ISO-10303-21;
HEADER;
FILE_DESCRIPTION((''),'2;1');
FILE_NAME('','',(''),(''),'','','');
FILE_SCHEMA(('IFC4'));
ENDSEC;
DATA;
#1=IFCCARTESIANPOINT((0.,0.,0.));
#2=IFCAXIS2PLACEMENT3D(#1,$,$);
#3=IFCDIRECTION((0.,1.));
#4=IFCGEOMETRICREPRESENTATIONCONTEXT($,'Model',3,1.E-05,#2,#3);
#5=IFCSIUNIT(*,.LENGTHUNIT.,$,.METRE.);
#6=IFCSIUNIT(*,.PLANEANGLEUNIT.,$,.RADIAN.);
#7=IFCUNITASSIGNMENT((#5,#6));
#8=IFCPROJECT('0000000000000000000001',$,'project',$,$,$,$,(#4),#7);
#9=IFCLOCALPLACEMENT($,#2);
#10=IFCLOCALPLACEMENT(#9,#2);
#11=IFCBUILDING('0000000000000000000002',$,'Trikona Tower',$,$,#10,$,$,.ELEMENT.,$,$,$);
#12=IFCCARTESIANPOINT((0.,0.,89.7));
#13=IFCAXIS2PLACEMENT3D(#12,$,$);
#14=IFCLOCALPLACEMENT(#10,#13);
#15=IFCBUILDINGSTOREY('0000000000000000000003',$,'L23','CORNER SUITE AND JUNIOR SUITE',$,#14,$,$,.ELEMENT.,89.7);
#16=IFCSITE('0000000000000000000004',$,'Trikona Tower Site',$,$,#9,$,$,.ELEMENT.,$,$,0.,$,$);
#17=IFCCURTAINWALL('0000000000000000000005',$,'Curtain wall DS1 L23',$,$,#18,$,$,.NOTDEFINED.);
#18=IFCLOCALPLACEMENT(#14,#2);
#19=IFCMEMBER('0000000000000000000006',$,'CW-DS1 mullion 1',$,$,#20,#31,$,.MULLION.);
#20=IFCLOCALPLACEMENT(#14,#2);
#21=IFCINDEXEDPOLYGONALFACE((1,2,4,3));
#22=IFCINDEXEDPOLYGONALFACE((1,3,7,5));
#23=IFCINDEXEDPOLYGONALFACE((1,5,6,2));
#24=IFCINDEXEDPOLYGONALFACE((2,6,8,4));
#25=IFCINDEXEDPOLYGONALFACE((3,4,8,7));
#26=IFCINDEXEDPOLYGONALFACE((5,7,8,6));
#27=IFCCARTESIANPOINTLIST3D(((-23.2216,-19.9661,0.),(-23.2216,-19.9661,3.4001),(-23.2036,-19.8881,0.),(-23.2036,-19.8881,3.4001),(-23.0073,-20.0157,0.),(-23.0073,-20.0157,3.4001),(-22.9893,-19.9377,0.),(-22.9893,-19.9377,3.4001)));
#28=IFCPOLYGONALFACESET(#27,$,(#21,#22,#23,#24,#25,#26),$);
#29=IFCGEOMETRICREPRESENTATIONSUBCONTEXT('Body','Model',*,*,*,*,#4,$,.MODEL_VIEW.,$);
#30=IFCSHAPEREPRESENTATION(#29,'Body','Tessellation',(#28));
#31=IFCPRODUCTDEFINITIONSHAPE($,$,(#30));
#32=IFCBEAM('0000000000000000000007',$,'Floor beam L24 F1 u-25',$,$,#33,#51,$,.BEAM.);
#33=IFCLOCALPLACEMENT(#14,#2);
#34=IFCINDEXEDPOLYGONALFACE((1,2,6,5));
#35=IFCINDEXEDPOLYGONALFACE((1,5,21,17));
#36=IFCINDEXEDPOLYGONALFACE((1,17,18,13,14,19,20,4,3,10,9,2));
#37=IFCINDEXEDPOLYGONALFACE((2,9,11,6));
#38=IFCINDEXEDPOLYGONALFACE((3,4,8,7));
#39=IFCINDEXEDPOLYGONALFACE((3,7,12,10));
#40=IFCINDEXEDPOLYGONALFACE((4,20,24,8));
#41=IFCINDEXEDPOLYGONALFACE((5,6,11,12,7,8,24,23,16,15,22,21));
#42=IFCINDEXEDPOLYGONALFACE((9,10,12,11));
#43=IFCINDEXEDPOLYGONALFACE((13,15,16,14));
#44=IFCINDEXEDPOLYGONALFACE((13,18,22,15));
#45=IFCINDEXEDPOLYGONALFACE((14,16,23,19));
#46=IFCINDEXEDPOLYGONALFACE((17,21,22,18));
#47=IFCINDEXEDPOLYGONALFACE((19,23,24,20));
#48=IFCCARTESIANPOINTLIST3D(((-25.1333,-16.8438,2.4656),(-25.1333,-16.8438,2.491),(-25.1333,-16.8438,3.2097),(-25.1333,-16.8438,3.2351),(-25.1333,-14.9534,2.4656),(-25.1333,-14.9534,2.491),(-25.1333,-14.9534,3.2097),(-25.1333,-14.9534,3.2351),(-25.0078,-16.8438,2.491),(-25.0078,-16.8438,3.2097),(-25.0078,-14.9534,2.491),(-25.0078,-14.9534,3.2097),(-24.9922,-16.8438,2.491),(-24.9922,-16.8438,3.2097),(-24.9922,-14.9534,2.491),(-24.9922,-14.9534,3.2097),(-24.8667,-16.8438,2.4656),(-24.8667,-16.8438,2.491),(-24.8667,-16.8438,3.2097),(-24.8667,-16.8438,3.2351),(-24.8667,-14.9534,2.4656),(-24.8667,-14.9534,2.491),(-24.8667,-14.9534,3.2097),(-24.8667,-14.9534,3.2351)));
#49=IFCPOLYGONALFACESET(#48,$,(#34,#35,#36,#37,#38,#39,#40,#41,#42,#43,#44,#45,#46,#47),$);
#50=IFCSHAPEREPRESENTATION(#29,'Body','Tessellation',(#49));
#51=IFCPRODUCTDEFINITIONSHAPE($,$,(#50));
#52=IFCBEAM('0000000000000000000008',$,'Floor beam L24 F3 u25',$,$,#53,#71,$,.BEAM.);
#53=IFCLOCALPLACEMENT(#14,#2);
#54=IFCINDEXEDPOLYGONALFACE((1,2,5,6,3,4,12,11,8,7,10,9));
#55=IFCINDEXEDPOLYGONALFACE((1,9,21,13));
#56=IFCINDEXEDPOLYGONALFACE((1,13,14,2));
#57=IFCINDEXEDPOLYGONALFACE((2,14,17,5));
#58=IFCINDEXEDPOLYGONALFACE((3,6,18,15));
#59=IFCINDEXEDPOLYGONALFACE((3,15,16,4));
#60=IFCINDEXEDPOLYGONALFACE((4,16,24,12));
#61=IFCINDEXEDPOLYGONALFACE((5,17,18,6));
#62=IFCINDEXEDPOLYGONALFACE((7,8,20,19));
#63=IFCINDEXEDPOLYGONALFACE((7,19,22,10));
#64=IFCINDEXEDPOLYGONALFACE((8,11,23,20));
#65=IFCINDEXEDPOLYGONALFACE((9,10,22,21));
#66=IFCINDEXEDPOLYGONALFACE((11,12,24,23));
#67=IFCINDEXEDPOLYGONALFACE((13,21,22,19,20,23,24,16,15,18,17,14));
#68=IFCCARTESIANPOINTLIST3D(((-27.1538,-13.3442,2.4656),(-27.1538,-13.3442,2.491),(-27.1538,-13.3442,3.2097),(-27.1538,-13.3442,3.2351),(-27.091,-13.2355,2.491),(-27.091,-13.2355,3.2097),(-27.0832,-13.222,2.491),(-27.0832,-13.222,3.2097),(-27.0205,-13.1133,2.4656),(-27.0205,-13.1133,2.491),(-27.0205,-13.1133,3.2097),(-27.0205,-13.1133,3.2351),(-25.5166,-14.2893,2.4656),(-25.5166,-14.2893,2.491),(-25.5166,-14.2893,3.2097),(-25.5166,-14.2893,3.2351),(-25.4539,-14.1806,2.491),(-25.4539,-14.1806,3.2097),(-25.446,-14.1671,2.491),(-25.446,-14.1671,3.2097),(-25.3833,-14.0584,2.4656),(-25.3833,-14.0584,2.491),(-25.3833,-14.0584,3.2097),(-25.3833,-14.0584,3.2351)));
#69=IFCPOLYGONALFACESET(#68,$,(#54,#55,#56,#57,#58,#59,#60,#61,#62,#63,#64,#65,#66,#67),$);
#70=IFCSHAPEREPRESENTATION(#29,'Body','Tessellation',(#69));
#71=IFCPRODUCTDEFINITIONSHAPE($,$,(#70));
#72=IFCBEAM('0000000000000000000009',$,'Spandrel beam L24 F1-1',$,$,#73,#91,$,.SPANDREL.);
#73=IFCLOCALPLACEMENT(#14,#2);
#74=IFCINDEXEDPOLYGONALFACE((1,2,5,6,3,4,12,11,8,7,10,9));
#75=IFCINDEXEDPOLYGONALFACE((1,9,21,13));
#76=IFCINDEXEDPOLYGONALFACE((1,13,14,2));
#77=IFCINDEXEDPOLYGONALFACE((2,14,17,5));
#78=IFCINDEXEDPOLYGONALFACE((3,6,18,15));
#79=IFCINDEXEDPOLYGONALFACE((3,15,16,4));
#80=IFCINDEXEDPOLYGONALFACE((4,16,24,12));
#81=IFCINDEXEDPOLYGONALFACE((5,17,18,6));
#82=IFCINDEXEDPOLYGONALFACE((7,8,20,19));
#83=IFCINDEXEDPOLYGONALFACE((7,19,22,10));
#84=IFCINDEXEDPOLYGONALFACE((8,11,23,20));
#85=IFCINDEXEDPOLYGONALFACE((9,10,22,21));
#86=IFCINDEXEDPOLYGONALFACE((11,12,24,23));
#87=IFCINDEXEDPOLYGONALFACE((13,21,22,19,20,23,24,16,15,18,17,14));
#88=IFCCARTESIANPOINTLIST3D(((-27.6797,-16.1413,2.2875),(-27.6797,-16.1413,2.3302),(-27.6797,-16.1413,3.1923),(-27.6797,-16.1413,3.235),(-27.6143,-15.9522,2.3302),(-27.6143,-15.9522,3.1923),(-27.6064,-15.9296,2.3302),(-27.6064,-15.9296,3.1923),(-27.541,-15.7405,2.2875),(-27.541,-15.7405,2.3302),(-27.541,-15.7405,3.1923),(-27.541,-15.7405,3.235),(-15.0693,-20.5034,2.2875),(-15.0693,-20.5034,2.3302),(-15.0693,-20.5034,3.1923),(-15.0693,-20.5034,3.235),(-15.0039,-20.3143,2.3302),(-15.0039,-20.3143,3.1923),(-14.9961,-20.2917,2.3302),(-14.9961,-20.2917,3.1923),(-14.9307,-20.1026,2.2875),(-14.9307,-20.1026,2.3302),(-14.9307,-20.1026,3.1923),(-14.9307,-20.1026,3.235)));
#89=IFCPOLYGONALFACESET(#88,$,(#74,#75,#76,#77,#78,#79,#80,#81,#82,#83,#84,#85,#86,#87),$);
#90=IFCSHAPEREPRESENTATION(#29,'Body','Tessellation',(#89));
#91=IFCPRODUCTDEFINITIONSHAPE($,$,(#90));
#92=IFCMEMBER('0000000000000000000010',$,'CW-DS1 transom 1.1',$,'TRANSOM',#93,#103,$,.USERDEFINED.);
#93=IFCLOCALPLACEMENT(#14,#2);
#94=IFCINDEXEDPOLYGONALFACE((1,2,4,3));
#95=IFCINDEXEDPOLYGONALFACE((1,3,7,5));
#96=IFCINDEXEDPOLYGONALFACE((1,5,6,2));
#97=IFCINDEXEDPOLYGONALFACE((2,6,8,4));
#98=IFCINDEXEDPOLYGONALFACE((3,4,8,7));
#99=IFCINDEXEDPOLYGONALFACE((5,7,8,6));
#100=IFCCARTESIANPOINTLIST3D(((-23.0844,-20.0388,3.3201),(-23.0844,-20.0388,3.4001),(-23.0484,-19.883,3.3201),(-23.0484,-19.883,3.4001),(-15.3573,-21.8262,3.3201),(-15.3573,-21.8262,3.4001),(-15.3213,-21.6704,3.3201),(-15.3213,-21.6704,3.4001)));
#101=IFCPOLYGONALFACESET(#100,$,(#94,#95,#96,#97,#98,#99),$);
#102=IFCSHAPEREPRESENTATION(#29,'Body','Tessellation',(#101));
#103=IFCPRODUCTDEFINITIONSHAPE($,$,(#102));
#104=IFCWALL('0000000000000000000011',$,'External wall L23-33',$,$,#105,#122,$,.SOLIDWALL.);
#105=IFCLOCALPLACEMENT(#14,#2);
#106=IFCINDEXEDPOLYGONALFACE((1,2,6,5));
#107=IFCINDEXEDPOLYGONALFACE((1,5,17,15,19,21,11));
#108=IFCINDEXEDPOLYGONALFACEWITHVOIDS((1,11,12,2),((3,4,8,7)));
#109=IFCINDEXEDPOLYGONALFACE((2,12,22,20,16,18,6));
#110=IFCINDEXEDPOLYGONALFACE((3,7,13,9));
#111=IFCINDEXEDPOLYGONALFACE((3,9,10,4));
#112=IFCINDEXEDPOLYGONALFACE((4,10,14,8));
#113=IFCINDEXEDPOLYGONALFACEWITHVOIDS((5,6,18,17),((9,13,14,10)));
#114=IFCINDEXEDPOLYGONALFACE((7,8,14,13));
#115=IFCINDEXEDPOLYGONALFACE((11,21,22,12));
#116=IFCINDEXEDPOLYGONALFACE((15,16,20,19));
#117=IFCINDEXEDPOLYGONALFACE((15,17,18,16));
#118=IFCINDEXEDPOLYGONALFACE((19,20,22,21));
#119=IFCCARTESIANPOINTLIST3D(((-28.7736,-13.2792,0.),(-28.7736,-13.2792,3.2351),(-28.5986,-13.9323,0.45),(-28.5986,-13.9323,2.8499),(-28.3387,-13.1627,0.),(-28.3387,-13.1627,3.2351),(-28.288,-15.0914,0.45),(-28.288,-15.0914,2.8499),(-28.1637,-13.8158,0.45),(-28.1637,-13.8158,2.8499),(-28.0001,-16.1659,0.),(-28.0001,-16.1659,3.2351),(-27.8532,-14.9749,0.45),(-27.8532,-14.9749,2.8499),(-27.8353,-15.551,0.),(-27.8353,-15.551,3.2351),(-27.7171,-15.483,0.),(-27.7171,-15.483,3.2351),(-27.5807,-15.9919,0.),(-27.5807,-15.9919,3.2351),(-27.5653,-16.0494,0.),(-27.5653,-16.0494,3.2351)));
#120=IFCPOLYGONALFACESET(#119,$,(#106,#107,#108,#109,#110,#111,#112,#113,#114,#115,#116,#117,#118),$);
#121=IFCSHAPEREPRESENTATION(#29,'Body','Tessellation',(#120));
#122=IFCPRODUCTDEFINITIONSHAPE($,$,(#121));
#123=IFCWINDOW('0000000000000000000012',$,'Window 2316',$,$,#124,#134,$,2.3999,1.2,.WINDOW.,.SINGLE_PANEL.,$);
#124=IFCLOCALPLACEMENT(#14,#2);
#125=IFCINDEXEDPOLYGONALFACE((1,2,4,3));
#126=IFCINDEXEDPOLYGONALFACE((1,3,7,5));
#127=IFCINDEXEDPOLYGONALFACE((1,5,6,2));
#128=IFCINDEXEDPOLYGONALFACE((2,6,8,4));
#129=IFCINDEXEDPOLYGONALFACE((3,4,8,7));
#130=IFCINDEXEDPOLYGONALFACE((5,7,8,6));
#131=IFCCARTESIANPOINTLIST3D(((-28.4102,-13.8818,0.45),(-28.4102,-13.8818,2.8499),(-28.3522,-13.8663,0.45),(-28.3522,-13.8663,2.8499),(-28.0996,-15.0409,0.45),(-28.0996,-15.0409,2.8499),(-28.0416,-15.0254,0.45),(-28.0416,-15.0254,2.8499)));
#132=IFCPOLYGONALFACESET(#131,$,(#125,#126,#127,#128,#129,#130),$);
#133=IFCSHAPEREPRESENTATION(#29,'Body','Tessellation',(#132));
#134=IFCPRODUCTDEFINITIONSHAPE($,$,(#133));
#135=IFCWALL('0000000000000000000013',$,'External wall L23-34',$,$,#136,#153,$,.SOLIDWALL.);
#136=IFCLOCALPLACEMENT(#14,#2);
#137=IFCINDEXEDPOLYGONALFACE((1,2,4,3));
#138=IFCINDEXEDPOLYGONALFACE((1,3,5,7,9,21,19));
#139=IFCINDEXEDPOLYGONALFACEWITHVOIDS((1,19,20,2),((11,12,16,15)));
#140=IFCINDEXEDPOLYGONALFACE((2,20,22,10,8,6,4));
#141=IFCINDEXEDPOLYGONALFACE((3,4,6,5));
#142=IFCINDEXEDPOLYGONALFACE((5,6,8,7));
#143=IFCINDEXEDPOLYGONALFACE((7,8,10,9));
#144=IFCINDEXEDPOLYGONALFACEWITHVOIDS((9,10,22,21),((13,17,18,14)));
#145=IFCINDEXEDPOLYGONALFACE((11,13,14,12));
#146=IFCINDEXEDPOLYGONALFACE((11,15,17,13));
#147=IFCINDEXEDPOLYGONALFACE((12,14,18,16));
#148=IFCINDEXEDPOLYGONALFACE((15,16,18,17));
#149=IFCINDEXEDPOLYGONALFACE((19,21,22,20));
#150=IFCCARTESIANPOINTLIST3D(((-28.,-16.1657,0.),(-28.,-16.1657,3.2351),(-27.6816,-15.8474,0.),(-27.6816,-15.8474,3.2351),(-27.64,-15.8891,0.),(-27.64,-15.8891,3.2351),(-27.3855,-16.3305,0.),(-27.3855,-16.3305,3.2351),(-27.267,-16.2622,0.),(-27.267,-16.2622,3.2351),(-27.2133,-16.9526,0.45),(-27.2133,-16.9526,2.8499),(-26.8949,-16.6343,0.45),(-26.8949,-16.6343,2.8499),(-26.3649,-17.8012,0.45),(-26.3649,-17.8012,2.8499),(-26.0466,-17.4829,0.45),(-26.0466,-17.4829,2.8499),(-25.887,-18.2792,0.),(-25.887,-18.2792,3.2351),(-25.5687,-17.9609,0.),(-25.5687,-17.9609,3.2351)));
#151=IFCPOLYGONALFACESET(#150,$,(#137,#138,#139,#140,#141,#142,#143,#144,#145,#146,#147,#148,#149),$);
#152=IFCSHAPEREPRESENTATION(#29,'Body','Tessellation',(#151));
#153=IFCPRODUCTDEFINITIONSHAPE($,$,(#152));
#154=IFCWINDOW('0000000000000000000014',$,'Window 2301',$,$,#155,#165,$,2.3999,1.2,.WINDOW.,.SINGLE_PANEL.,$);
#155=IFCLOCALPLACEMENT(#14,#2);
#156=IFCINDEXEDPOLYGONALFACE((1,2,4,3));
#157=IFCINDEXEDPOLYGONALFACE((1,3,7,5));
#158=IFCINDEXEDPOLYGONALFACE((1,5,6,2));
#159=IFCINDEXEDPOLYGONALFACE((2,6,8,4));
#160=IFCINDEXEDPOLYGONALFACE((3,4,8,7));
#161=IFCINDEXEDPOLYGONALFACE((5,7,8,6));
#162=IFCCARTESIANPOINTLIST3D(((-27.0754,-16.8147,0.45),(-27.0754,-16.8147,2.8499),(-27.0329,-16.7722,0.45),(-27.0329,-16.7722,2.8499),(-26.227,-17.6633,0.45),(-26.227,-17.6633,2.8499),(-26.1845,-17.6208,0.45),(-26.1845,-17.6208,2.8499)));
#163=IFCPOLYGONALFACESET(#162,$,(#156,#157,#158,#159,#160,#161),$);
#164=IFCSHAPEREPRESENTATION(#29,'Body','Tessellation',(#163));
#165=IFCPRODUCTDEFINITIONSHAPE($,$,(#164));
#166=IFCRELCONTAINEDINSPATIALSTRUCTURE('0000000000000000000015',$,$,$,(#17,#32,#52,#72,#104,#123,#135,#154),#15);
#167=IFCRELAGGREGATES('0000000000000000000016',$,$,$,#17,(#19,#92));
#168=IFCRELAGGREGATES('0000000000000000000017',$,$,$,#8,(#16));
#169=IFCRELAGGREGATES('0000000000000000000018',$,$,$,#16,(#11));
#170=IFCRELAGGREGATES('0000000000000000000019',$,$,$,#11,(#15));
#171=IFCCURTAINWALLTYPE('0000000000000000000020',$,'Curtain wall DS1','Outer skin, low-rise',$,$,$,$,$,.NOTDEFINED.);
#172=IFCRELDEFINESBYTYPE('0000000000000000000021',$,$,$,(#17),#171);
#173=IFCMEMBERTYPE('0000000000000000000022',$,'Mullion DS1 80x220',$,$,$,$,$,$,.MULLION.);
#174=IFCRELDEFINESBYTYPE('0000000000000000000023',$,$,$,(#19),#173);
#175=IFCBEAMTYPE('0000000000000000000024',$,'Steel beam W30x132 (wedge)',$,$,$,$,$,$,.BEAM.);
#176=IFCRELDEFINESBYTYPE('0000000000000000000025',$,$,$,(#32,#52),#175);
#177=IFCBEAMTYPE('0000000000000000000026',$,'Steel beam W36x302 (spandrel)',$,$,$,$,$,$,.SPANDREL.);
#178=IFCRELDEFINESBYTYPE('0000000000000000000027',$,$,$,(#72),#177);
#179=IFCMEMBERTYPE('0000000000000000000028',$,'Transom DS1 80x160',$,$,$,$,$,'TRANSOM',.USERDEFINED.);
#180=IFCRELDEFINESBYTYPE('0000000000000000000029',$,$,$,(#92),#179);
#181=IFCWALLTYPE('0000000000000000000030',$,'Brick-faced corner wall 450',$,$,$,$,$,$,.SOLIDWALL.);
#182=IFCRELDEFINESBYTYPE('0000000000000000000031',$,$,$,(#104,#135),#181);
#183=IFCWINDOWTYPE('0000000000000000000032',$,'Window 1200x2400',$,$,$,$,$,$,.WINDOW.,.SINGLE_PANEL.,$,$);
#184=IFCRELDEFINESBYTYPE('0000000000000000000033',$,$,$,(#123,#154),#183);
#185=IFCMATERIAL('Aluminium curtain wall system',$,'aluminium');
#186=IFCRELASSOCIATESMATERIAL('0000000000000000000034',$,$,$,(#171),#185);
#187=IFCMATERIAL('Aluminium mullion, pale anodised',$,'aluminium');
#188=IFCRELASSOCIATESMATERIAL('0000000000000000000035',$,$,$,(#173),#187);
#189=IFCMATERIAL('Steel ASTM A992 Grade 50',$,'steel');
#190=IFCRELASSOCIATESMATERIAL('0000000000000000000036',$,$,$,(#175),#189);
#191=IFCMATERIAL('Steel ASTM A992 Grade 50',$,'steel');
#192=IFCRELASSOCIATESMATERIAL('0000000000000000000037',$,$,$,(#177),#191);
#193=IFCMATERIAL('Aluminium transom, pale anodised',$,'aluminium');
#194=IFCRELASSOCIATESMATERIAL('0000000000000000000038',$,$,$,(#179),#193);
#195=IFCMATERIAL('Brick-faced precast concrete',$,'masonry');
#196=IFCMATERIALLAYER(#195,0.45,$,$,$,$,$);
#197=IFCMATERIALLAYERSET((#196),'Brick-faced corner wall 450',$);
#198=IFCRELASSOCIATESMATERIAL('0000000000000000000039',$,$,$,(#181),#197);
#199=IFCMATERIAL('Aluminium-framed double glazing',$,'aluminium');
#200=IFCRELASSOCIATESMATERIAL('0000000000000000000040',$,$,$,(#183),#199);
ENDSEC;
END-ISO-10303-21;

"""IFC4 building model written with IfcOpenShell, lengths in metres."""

from ifc_helpers import new_model, si_unit, direction, frame, frame_2d, origin, origin_2d, place, context, subcontext, project, spatial, polyline, rectangle, i_section, outline, extrude, material, layer, layer_set, material_profile, profile_set, type_object, element, fill, aggregate, save


model = new_model("IFC4")

# Units and contexts
model_context = context("Model", 3, precision=1e-05, world=origin(), true_north=direction((0.0, 1.0)))
body_context = subcontext(model_context, "Body", "Model", "MODEL_VIEW")
ifc_project = project(units=[si_unit("LENGTHUNIT", "METRE"), si_unit("PLANEANGLEUNIT", "RADIAN")], contexts=[model_context])

# Site, building, storey
site_placement = place(None, origin())
site = spatial("IfcSite", under=ifc_project, at=site_placement, Name="Trikona Tower Site", CompositionType="ELEMENT", RefElevation=0.0)
building_placement = place(site_placement, origin())
building = spatial("IfcBuilding", under=site, at=building_placement, Name="Trikona Tower", CompositionType="ELEMENT")
storey_placement = place(building_placement, frame((0.0, 0.0, 89.7)))
storey = spatial("IfcBuildingStorey", under=building, at=storey_placement, Name="L23", Description="CORNER SUITE AND JUNIOR SUITE", CompositionType="ELEMENT", Elevation=89.7)

# Curtain wall, member
ifc_material_1 = material(Name="Aluminium curtain wall system", Category="aluminium")
curtain_wall_type = type_object("IfcCurtainWallType", Name="Curtain wall DS1", Description="Outer skin, low-rise", PredefinedType="NOTDEFINED", material=ifc_material_1)
curtain_wall_placement = place(storey_placement, origin())
curtain_wall = element("IfcCurtainWall", 1, at=curtain_wall_placement, inside=storey, type_object=curtain_wall_type, Name="Curtain wall DS1 L23", PredefinedType="NOTDEFINED")
ifc_material_2 = material(Name="Aluminium mullion, pale anodised", Category="aluminium")
ifc_material_profile_1 = material_profile(ifc_material_2, rectangle(XDim=0.0801, YDim=0.22, at=origin_2d()), Name="MUL-DS1")
ifc_profile_set_1 = profile_set([ifc_material_profile_1], Name="Aluminium mullion, pale anodised")
member_type_1 = type_object("IfcMemberType", Name="Mullion DS1 80x220", PredefinedType="MULLION", material=ifc_profile_set_1)
member_1_placement = place(storey_placement, frame((-23.1055, -19.9519, 0.0), z_axis=(0.0, 0.0, 1.0), x_axis=(0.225343, 0.974279, 0.0)))
member_1 = element("IfcMember", 2, at=member_1_placement, type_object=member_type_1, Name="CW-DS1 mullion 1", PredefinedType="MULLION", context=body_context, shape_type="SweptSolid", body=[
    extrude(rectangle(XDim=0.0801, YDim=0.22, at=origin_2d()), origin(), (0.0, 0.0, 1.0), 3.4001),
])

# Beams
ifc_material_3 = material(Name="Steel ASTM A992 Grade 50", Category="steel")
ifc_material_profile_2 = material_profile(ifc_material_3, i_section(OverallWidth=0.2666, OverallDepth=0.7695, WebThickness=0.0156, FlangeThickness=0.0254, at=origin_2d()), Name="W30X132")
ifc_profile_set_2 = profile_set([ifc_material_profile_2], Name="Steel ASTM A992 Grade 50")
beam_type_1 = type_object("IfcBeamType", Name="Steel beam W30x132 (wedge)", PredefinedType="BEAM", material=ifc_profile_set_2)
for number, where, z_axis, x_axis, name in (
    (3, (-25.0, -14.9534, 2.8503), (0.0, -1.0, 0.0), (1.0, 0.0, 0.0), "Floor beam L24 F1 u-25"),
    (4, (-25.45, -14.1738, 2.8503), (-0.866065, 0.499931, 0.0), (-0.499931, -0.866065, 0.0), "Floor beam L24 F3 u25"),
):
    element("IfcBeam", number, at=place(storey_placement, frame(where, z_axis=z_axis, x_axis=x_axis)), inside=storey, type_object=beam_type_1, Name=name, PredefinedType="BEAM", context=body_context, shape_type="SweptSolid", body=[
        extrude(i_section(OverallWidth=0.2666, OverallDepth=0.7695, WebThickness=0.0156, FlangeThickness=0.0254, at=origin_2d()), origin(), (0.0, 0.0, 1.0), 1.8904),
    ])
ifc_material_4 = material(Name="Steel ASTM A992 Grade 50", Category="steel")
ifc_material_profile_3 = material_profile(ifc_material_4, i_section(OverallWidth=0.4241, OverallDepth=0.9475, WebThickness=0.0239, FlangeThickness=0.0427, at=origin_2d()), Name="W36X302")
ifc_profile_set_3 = profile_set([ifc_material_profile_3], Name="Steel ASTM A992 Grade 50")
beam_type_2 = type_object("IfcBeamType", Name="Steel beam W36x302 (spandrel)", PredefinedType="SPANDREL", material=ifc_profile_set_3)
beam_placement = place(storey_placement, frame((-27.6104, -15.9409, 2.7612), z_axis=(0.945057, -0.326906, 0.0), x_axis=(0.326906, 0.945057, 0.0)))
element("IfcBeam", 5, at=beam_placement, inside=storey, type_object=beam_type_2, Name="Spandrel beam L24 F1-1", PredefinedType="SPANDREL", context=body_context, shape_type="SweptSolid", body=[
    extrude(i_section(OverallWidth=0.4241, OverallDepth=0.9475, WebThickness=0.0239, FlangeThickness=0.0427, at=origin_2d()), origin(), (0.0, 0.0, 1.0), 13.3435),
])

# Member
ifc_material_5 = material(Name="Aluminium transom, pale anodised", Category="aluminium")
ifc_material_profile_4 = material_profile(ifc_material_5, rectangle(XDim=0.1599, YDim=0.0801, at=origin_2d()), Name="TRN-DS1")
ifc_profile_set_4 = profile_set([ifc_material_profile_4], Name="Aluminium transom, pale anodised")
member_type_2 = type_object("IfcMemberType", Name="Transom DS1 80x160", ElementType="TRANSOM", PredefinedType="USERDEFINED", material=ifc_profile_set_4)
member_2_placement = place(storey_placement, frame((-23.0664, -19.9609, 3.3601), z_axis=(0.974275, -0.225361, 0.0), x_axis=(0.225361, 0.974275, 0.0)))
member_2 = element("IfcMember", 6, at=member_2_placement, type_object=member_type_2, Name="CW-DS1 transom 1.1", ObjectType="TRANSOM", PredefinedType="USERDEFINED", context=body_context, shape_type="SweptSolid", body=[
    extrude(rectangle(XDim=0.1599, YDim=0.0801, at=origin_2d()), origin(), (0.0, 0.0, 1.0), 7.9312),
])
aggregate(curtain_wall, [member_1, member_2])

# Walls, openings, windows
ifc_material_6 = material(Name="Brick-faced precast concrete", Category="masonry")
ifc_layer_1 = layer(ifc_material_6, 0.45)
ifc_layer_set_1 = layer_set([ifc_layer_1], Name="Brick-faced corner wall 450")
wall_type_1 = type_object("IfcWallType", Name="Brick-faced corner wall 450", PredefinedType="SOLIDWALL", material=ifc_layer_set_1)
wall_1_placement = place(storey_placement, frame((-28.5562, -13.2209, 0.0), z_axis=(0.0, 0.0, 1.0), x_axis=(0.258801, -0.965931, 0.0)))
wall_1 = element("IfcWall", 7, at=wall_1_placement, inside=storey, type_object=wall_type_1, Name="External wall L23-33", PredefinedType="SOLIDWALL", context=body_context, shape_type="SweptSolid", body=[
    extrude(outline(polyline([(2.9885, 0.2251), (2.929, 0.2251), (2.4373, 0.0933), (2.4021, 0.2251), (0.0, 0.2251), (0.0, -0.2251), (2.9885, -0.2251), (2.9885, 0.2251)])), origin(), (0.0, 0.0, 1.0), 3.2351),
])
opening_1_placement = place(wall_1_placement, frame((0.676, 0.0, 0.45)))
opening_1 = element("IfcOpeningElement", 8, at=opening_1_placement, cuts=wall_1, PredefinedType="OPENING", context=body_context, shape_type="SweptSolid", body=[
    extrude(rectangle(XDim=1.2, YDim=2.3999, at=frame_2d((0.6001, 1.2))), frame((0.0, 0.2349, 0.0), z_axis=(0.0, -1.0, 0.0), x_axis=(1.0, 0.0, 0.0)), (0.0, 0.0, 1.0), 0.47),
])
ifc_material_7 = material(Name="Aluminium-framed double glazing", Category="aluminium")
window_type_1 = type_object("IfcWindowType", Name="Window 1200x2400", PartitioningType="SINGLE_PANEL", PredefinedType="WINDOW", material=ifc_material_7)
window_1_placement = place(opening_1_placement, origin())
window_1 = element("IfcWindow", 9, at=window_1_placement, inside=storey, type_object=window_type_1, Name="Window 2316", OverallHeight=2.3999, OverallWidth=1.2, PartitioningType="SINGLE_PANEL", PredefinedType="WINDOW", context=body_context, shape_type="SweptSolid", body=[
    extrude(rectangle(XDim=1.2, YDim=2.3999, at=frame_2d((0.6001, 1.2))), frame((0.0, 0.03, 0.0), z_axis=(0.0, -1.0, 0.0), x_axis=(1.0, 0.0, 0.0)), (0.0, 0.0, 1.0), 0.0601),
])
fill(opening_1, window_1)
wall_2_placement = place(storey_placement, frame((-27.8408, -16.0066, 0.0), z_axis=(0.0, 0.0, 1.0), x_axis=(0.707025, -0.707188, 0.0)))
wall_2 = element("IfcWall", 10, at=wall_2_placement, inside=storey, type_object=wall_type_1, Name="External wall L23-34", PredefinedType="SOLIDWALL", context=body_context, shape_type="SweptSolid", body=[
    extrude(outline(polyline([(2.9885, 0.2251), (0.5864, 0.2251), (0.551, 0.093), (0.0588, 0.2251), (0.0, 0.2251), (0.0, -0.2251), (2.9885, -0.2251), (2.9885, 0.2251)])), origin(), (0.0, 0.0, 1.0), 3.2351),
])
opening_2_placement = place(wall_2_placement, frame((1.1125, 0.0, 0.45)))
opening_2 = element("IfcOpeningElement", 11, at=opening_2_placement, cuts=wall_2, PredefinedType="OPENING", context=body_context, shape_type="SweptSolid", body=[
    extrude(rectangle(XDim=1.2, YDim=2.3999, at=frame_2d((0.6001, 1.2))), frame((0.0, 0.2349, 0.0), z_axis=(0.0, -1.0, 0.0), x_axis=(1.0, 0.0, 0.0)), (0.0, 0.0, 1.0), 0.47),
])
window_2_placement = place(opening_2_placement, origin())
window_2 = element("IfcWindow", 12, at=window_2_placement, inside=storey, type_object=window_type_1, Name="Window 2301", OverallHeight=2.3999, OverallWidth=1.2, PartitioningType="SINGLE_PANEL", PredefinedType="WINDOW", context=body_context, shape_type="SweptSolid", body=[
    extrude(rectangle(XDim=1.2, YDim=2.3999, at=frame_2d((0.6001, 1.2))), frame((0.0, 0.03, 0.0), z_axis=(0.0, -1.0, 0.0), x_axis=(1.0, 0.0, 0.0)), (0.0, 0.0, 1.0), 0.0601),
])
fill(opening_2, window_2)

save(model, "model.ifc")
